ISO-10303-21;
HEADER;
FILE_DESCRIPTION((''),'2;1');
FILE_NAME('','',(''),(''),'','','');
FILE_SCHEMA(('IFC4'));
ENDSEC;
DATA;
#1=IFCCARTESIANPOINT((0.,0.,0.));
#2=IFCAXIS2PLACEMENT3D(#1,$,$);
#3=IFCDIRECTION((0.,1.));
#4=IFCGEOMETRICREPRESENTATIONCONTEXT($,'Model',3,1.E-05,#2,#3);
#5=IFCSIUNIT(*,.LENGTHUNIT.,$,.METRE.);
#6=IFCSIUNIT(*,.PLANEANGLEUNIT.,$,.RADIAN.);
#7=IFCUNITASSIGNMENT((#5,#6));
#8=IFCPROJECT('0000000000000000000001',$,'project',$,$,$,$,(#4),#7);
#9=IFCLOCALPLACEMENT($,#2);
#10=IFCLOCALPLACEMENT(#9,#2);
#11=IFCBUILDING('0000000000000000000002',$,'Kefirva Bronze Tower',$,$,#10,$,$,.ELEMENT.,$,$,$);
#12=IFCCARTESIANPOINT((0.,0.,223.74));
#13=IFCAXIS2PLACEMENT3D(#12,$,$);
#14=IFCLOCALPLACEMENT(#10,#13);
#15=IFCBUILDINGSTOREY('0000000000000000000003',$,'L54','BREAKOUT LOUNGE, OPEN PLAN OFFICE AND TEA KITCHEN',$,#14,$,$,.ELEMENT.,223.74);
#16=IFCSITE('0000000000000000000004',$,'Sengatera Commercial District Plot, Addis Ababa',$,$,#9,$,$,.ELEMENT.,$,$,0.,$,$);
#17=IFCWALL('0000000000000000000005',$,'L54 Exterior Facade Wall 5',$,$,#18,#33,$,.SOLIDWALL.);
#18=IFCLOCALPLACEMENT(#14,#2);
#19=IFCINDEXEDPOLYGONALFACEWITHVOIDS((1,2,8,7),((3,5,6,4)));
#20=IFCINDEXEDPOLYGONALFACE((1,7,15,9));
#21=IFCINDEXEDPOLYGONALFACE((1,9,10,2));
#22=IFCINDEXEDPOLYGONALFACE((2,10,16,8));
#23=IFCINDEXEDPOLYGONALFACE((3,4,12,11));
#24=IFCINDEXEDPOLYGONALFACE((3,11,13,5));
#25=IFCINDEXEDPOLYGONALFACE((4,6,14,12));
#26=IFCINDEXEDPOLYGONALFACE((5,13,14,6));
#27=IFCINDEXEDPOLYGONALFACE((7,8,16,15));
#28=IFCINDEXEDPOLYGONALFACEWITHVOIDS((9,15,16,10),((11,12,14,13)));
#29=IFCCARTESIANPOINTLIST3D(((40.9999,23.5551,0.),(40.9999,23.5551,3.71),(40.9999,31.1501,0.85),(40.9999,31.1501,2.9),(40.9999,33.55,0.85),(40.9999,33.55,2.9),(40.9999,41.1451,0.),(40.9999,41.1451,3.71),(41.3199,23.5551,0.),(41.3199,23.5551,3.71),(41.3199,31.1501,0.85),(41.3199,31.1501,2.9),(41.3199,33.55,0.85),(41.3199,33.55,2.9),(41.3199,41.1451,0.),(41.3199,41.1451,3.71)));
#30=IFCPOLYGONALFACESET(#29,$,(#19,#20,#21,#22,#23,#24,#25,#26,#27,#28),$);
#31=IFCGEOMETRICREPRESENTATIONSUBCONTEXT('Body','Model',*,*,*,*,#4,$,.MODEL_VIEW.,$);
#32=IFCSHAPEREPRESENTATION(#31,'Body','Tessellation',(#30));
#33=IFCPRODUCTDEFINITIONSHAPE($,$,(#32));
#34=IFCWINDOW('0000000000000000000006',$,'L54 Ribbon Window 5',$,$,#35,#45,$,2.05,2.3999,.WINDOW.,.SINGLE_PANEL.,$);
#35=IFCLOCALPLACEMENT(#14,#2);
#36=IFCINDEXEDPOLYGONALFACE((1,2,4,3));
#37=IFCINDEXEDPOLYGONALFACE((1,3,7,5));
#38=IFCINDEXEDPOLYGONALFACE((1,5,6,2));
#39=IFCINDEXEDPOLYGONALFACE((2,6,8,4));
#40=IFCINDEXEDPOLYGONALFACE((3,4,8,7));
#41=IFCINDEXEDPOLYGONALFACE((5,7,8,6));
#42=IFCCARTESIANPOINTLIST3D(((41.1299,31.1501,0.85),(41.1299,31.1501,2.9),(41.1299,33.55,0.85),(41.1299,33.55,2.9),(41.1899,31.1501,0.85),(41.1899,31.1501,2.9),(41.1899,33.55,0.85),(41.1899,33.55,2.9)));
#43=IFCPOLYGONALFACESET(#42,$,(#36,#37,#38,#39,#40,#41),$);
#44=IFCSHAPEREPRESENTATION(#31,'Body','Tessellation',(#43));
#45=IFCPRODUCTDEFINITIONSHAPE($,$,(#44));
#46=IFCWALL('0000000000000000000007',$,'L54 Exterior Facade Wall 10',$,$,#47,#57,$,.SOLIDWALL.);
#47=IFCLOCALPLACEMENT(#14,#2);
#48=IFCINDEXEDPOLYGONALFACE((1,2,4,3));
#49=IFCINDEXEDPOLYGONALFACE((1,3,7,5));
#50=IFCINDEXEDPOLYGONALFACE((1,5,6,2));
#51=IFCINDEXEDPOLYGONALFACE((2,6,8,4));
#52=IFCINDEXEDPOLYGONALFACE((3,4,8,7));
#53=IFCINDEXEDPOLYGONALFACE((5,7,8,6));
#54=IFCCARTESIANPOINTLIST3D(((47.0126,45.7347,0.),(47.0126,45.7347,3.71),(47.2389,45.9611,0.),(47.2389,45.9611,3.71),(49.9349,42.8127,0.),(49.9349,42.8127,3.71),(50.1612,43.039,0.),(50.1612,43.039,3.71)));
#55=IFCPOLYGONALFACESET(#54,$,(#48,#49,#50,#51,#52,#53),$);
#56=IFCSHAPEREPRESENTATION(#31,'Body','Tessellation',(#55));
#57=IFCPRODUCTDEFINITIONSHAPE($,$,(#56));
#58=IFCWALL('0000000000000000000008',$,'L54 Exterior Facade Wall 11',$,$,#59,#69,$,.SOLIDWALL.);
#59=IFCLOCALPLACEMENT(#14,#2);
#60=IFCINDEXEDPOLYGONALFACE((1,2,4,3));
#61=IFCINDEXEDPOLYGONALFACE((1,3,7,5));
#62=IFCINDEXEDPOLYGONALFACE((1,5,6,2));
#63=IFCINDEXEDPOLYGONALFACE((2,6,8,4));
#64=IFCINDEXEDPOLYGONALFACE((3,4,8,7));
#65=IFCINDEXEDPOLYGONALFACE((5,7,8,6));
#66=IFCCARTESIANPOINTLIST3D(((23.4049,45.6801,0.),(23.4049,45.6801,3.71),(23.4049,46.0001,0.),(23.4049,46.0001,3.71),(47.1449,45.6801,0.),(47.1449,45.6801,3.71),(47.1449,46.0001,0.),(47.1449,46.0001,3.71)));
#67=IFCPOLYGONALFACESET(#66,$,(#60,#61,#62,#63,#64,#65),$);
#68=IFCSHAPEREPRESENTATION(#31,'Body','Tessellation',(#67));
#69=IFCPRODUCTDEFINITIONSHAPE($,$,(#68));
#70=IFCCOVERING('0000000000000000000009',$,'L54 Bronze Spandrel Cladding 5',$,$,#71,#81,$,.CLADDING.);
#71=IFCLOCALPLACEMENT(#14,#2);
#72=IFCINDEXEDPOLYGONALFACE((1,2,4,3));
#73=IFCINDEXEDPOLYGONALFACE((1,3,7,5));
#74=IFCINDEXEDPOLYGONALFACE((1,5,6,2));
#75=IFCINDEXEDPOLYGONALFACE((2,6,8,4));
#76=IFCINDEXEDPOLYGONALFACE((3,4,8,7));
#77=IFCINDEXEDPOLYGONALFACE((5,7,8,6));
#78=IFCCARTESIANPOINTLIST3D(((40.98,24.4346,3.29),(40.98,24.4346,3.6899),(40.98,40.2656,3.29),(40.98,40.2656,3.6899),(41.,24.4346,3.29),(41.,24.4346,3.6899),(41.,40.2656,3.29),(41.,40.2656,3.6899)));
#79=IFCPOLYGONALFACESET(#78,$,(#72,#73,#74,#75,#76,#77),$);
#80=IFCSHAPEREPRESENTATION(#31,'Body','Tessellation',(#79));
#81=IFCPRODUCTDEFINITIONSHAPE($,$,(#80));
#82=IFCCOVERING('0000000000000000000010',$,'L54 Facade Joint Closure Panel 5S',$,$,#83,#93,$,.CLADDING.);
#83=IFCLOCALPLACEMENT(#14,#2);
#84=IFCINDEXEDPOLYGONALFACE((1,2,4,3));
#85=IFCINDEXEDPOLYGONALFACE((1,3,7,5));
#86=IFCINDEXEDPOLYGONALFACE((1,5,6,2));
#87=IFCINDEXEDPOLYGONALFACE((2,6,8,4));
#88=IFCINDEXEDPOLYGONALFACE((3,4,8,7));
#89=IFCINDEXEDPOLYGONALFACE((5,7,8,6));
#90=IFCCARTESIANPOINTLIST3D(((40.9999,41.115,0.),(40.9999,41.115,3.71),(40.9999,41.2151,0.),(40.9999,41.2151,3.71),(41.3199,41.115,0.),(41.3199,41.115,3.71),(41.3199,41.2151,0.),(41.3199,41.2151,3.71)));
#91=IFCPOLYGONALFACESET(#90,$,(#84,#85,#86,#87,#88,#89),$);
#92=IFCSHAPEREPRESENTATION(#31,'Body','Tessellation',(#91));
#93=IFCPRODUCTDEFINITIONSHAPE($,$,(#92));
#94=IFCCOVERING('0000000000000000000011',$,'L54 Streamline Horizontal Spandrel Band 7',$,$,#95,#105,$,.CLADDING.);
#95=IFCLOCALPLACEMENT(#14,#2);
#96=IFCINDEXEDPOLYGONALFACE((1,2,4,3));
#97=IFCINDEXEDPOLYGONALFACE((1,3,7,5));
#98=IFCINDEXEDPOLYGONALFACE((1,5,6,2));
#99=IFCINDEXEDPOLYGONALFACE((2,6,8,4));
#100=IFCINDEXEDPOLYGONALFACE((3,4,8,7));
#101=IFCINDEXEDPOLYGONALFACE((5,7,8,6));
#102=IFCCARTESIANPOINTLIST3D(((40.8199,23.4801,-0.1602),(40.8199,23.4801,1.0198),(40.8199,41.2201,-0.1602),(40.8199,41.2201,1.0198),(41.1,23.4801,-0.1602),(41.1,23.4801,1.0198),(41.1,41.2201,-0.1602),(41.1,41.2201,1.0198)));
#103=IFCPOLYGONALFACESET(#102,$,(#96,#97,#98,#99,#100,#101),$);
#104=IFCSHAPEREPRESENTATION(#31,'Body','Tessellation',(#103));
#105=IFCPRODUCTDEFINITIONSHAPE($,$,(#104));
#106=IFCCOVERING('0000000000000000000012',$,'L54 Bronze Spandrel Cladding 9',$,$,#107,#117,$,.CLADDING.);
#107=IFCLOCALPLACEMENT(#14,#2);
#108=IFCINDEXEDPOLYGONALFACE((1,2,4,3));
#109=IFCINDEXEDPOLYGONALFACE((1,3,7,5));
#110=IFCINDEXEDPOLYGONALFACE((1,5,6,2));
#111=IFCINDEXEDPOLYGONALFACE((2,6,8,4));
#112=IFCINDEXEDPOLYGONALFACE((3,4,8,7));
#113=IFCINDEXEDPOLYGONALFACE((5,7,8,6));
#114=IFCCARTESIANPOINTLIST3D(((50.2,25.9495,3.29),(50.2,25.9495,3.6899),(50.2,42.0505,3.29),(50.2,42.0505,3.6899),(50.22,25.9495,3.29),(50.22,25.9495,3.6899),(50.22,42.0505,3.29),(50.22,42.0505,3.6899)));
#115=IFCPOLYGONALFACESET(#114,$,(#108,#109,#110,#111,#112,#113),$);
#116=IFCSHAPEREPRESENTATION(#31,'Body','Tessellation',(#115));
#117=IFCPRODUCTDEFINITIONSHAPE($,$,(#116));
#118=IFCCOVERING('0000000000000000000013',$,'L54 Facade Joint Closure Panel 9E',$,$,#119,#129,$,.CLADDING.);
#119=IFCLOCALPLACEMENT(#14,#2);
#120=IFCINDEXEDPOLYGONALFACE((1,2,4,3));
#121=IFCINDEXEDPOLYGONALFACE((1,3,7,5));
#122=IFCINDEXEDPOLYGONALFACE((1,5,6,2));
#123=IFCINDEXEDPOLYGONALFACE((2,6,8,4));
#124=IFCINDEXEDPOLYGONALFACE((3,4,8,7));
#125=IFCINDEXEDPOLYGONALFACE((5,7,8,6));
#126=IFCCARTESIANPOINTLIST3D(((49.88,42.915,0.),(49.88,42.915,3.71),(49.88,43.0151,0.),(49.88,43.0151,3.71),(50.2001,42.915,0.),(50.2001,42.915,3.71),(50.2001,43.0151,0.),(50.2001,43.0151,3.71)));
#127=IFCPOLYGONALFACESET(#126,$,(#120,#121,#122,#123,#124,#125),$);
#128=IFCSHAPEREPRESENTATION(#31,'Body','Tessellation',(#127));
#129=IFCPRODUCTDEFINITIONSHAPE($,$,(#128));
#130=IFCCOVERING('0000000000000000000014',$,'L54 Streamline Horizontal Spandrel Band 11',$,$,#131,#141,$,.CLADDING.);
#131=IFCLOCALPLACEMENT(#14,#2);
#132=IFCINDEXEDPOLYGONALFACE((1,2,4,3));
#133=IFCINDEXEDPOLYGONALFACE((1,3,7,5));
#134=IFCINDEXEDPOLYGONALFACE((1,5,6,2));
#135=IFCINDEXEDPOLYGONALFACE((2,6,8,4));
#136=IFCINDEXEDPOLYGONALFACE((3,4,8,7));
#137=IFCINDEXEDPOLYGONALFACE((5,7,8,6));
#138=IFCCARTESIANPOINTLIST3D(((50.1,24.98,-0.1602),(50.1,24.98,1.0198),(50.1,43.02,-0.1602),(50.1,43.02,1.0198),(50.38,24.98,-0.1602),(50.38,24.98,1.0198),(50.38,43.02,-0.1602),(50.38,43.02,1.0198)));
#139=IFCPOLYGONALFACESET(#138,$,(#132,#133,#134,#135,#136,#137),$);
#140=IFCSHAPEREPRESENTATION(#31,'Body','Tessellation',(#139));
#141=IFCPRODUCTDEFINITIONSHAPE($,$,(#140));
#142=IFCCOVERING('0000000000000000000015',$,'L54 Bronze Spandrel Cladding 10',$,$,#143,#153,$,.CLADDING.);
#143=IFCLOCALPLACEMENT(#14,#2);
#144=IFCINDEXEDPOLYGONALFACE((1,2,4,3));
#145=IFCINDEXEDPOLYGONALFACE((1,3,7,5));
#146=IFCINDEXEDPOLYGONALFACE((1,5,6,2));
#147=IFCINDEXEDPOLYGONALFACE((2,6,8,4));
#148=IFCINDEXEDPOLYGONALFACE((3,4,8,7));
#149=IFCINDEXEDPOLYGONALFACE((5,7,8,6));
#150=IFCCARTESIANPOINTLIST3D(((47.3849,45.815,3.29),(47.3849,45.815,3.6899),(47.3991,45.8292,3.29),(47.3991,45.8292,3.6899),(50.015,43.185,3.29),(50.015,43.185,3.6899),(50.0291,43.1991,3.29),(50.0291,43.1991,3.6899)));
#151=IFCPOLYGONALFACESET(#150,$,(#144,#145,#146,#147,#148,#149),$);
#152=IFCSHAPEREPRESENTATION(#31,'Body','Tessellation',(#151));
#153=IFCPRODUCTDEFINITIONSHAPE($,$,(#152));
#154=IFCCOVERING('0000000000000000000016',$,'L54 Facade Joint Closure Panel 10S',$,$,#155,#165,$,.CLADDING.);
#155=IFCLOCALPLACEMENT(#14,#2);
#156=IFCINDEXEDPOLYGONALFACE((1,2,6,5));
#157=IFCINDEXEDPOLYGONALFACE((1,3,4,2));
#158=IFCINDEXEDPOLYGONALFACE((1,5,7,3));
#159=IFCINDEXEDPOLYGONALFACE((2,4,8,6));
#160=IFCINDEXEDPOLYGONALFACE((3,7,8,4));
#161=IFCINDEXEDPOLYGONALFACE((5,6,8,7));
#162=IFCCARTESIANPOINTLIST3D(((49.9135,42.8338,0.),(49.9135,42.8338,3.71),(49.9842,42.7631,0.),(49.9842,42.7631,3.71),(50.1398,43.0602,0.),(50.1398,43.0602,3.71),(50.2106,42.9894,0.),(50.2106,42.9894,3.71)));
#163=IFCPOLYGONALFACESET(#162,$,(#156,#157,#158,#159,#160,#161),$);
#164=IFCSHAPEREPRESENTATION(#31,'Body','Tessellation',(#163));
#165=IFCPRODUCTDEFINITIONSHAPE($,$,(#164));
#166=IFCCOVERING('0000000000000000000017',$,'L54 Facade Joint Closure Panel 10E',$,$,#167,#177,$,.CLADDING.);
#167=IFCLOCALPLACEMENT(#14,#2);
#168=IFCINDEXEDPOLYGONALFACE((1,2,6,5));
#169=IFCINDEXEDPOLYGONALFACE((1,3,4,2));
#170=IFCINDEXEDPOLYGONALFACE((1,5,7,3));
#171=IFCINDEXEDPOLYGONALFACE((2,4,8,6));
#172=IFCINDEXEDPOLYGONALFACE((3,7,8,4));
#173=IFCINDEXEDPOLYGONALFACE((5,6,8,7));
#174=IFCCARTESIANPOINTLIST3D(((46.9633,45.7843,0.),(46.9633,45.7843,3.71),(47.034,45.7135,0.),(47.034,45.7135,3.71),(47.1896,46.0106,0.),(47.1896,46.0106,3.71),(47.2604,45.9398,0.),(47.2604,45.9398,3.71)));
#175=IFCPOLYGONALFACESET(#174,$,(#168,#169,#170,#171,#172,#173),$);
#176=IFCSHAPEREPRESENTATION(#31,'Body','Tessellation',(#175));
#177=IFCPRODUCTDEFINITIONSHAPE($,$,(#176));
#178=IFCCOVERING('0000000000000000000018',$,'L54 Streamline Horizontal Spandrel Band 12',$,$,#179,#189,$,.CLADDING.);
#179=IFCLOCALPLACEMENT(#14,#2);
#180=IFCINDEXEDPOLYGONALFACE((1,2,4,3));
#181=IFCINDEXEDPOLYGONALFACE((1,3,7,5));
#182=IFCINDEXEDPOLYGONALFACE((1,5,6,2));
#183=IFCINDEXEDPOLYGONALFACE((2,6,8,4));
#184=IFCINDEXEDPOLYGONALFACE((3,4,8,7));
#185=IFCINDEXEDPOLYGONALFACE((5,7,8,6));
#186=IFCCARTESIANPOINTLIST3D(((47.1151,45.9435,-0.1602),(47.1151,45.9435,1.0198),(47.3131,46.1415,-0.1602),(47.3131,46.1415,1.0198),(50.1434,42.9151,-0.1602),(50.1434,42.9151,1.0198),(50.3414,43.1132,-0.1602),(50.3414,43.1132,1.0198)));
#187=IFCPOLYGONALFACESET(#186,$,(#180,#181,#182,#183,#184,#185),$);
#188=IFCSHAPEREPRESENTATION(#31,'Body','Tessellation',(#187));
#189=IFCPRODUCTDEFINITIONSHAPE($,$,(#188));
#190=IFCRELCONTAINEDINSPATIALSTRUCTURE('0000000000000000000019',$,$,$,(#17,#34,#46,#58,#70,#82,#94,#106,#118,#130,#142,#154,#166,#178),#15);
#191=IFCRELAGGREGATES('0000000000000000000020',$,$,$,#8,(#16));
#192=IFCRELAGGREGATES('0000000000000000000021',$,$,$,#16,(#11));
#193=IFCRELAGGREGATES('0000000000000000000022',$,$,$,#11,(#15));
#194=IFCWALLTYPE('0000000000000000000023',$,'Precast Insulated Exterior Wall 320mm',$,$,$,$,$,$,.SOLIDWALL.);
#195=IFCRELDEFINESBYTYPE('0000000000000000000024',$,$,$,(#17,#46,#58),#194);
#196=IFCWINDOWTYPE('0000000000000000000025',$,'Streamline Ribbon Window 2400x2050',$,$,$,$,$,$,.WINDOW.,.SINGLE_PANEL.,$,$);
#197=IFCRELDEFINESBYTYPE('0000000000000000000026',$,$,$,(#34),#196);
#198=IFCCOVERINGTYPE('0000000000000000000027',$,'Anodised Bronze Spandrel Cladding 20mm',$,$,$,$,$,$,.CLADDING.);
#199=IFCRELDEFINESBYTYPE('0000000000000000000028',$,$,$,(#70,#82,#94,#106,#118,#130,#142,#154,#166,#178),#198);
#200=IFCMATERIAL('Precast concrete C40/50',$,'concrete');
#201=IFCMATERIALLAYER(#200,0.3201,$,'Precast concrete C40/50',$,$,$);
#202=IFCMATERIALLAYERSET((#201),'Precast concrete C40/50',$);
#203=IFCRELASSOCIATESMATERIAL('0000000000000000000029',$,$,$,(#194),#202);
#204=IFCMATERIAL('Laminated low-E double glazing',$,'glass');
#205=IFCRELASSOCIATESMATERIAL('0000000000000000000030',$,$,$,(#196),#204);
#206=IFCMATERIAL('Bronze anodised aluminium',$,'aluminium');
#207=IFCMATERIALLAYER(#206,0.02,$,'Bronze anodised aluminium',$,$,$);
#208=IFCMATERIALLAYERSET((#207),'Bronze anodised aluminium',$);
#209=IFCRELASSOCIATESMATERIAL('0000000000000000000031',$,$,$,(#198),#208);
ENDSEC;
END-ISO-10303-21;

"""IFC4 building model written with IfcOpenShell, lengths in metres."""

from ifc_helpers import new_model, si_unit, direction, frame, frame_2d, origin, origin_2d, place, context, subcontext, project, spatial, rectangle, extrude, material, layer, layer_set, type_object, element, fill, save


model = new_model("IFC4")

# Units and contexts
model_context = context("Model", 3, precision=1e-05, world=origin(), true_north=direction((0.0, 1.0)))
body_context = subcontext(model_context, "Body", "Model", "MODEL_VIEW")
ifc_project = project(units=[si_unit("LENGTHUNIT", "METRE"), si_unit("PLANEANGLEUNIT", "RADIAN")], contexts=[model_context])

# Site, building, storey
site_placement = place(None, origin())
site = spatial("IfcSite", under=ifc_project, at=site_placement, Name="Sengatera Commercial District Plot, Addis Ababa", CompositionType="ELEMENT", RefElevation=0.0)
building_placement = place(site_placement, origin())
building = spatial("IfcBuilding", under=site, at=building_placement, Name="Kefirva Bronze Tower", CompositionType="ELEMENT")
storey_placement = place(building_placement, frame((0.0, 0.0, 223.74)))
storey = spatial("IfcBuildingStorey", under=building, at=storey_placement, Name="L54", Description="BREAKOUT LOUNGE, OPEN PLAN OFFICE AND TEA KITCHEN", CompositionType="ELEMENT", Elevation=223.74)

# Shared definitions
ifc_material_1 = material(Name="Bronze anodised aluminium", Category="aluminium")

# Shared definitions
ifc_material_2 = material(Name="Laminated low-E double glazing", Category="glass")

# Wall, opening, window
ifc_material_3 = material(Name="Precast concrete C40/50", Category="concrete")
ifc_layer_1 = layer(ifc_material_3, 0.3201, Name="Precast concrete C40/50")
ifc_layer_set_1 = layer_set([ifc_layer_1], Name="Precast concrete C40/50")
wall_type_1 = type_object("IfcWallType", Name="Precast Insulated Exterior Wall 320mm", PredefinedType="SOLIDWALL", material=ifc_layer_set_1)
wall_1_placement = place(storey_placement, frame((41.1599, 41.145, 0.0), z_axis=(0.0, 0.0, 1.0), x_axis=(0.0, -1.0, 0.0)))
wall_1 = element("IfcWall", 1, at=wall_1_placement, inside=storey, type_object=wall_type_1, Name="L54 Exterior Facade Wall 5", PredefinedType="SOLIDWALL", context=body_context, shape_type="SweptSolid", body=[
    extrude(rectangle(XDim=17.5901, YDim=0.3201, at=frame_2d((8.7949, 0.0))), origin(), (0.0, 0.0, 1.0), 3.71),
])
opening_placement = place(wall_1_placement, frame((7.595, 0.0, 0.8501)))
opening = element("IfcOpeningElement", 2, at=opening_placement, cuts=wall_1, PredefinedType="OPENING", context=body_context, shape_type="SweptSolid", body=[
    extrude(rectangle(XDim=2.3999, YDim=2.05, at=frame_2d((1.2, 1.0249))), frame((0.0, 0.1699, 0.0), z_axis=(0.0, -1.0, 0.0), x_axis=(1.0, 0.0, 0.0)), (0.0, 0.0, 1.0), 0.3401),
])
window_type = type_object("IfcWindowType", Name="Streamline Ribbon Window 2400x2050", PartitioningType="SINGLE_PANEL", PredefinedType="WINDOW", material=ifc_material_2)
window_placement = place(opening_placement, origin())
window = element("IfcWindow", 3, at=window_placement, inside=storey, type_object=window_type, Name="L54 Ribbon Window 5", OverallHeight=2.05, OverallWidth=2.3999, PartitioningType="SINGLE_PANEL", PredefinedType="WINDOW", context=body_context, shape_type="SweptSolid", body=[
    extrude(rectangle(XDim=2.3999, YDim=2.05, at=frame_2d((1.2, 1.0249))), frame((0.0, 0.03, 0.0), z_axis=(0.0, -1.0, 0.0), x_axis=(1.0, 0.0, 0.0)), (0.0, 0.0, 1.0), 0.0601),
])
fill(opening, window)

# Walls
wall_2_placement = place(storey_placement, frame((50.0481, 42.9258, 0.0), z_axis=(0.0, 0.0, 1.0), x_axis=(-0.707136, 0.707077, 0.0)))
element("IfcWall", 4, at=wall_2_placement, inside=storey, type_object=wall_type_1, Name="L54 Exterior Facade Wall 10", PredefinedType="SOLIDWALL", context=body_context, shape_type="SweptSolid", body=[
    extrude(rectangle(XDim=4.1326, YDim=0.3201, at=frame_2d((2.0664, 0.0))), origin(), (0.0, 0.0, 1.0), 3.71),
])
wall_3_placement = place(storey_placement, frame((47.145, 45.8401, 0.0), z_axis=(0.0, 0.0, 1.0), x_axis=(-1.0, 0.0, 0.0)))
element("IfcWall", 5, at=wall_3_placement, inside=storey, type_object=wall_type_1, Name="L54 Exterior Facade Wall 11", PredefinedType="SOLIDWALL", context=body_context, shape_type="SweptSolid", body=[
    extrude(rectangle(XDim=23.74, YDim=0.3201, at=frame_2d((11.8701, 0.0))), origin(), (0.0, 0.0, 1.0), 3.71),
])

# Coverings
ifc_layer_2 = layer(ifc_material_1, 0.02, Name="Bronze anodised aluminium")
ifc_layer_set_2 = layer_set([ifc_layer_2], Name="Bronze anodised aluminium")
covering_type_1 = type_object("IfcCoveringType", Name="Anodised Bronze Spandrel Cladding 20mm", PredefinedType="CLADDING", material=ifc_layer_set_2)
covering_1_placement = place(storey_placement, frame((40.99, 32.3501, 3.29), z_axis=(0.0, 0.0, 1.0), x_axis=(0.0, -1.0, 0.0)))
element("IfcCovering", 6, at=covering_1_placement, inside=storey, type_object=covering_type_1, Name="L54 Bronze Spandrel Cladding 5", PredefinedType="CLADDING", context=body_context, shape_type="SweptSolid", body=[
    extrude(rectangle(XDim=15.8311, YDim=0.02, at=origin_2d()), origin(), (0.0, 0.0, 1.0), 0.3999),
])
covering_2_placement = place(storey_placement, frame((41.1599, 41.165, 0.0), z_axis=(0.0, 0.0, 1.0), x_axis=(0.0, -1.0, 0.0)))
element("IfcCovering", 7, at=covering_2_placement, inside=storey, type_object=covering_type_1, Name="L54 Facade Joint Closure Panel 5S", PredefinedType="CLADDING", context=body_context, shape_type="SweptSolid", body=[
    extrude(rectangle(XDim=0.1001, YDim=0.3201, at=origin_2d()), origin(), (0.0, 0.0, 1.0), 3.71),
])
covering_3_placement = place(storey_placement, frame((40.96, 32.3501, -0.1602), z_axis=(0.0, 0.0, 1.0), x_axis=(0.0, -1.0, 0.0)))
element("IfcCovering", 8, at=covering_3_placement, inside=storey, type_object=covering_type_1, Name="L54 Streamline Horizontal Spandrel Band 7", PredefinedType="CLADDING", context=body_context, shape_type="SweptSolid", body=[
    extrude(rectangle(XDim=17.74, YDim=0.28, at=origin_2d()), origin(), (0.0, 0.0, 1.0), 1.1799),
])
covering_4_placement = place(storey_placement, frame((50.21, 34.0, 3.29), z_axis=(0.0, 0.0, 1.0), x_axis=(0.0, 1.0, 0.0)))
element("IfcCovering", 9, at=covering_4_placement, inside=storey, type_object=covering_type_1, Name="L54 Bronze Spandrel Cladding 9", PredefinedType="CLADDING", context=body_context, shape_type="SweptSolid", body=[
    extrude(rectangle(XDim=16.1011, YDim=0.02, at=origin_2d()), origin(), (0.0, 0.0, 1.0), 0.3999),
])
covering_5_placement = place(storey_placement, frame((50.04, 42.9651, 0.0), z_axis=(0.0, 0.0, 1.0), x_axis=(0.0, 1.0, 0.0)))
element("IfcCovering", 10, at=covering_5_placement, inside=storey, type_object=covering_type_1, Name="L54 Facade Joint Closure Panel 9E", PredefinedType="CLADDING", context=body_context, shape_type="SweptSolid", body=[
    extrude(rectangle(XDim=0.1001, YDim=0.3201, at=origin_2d()), origin(), (0.0, 0.0, 1.0), 3.71),
])
covering_6_placement = place(storey_placement, frame((50.24, 34.0, -0.1602), z_axis=(0.0, 0.0, 1.0), x_axis=(0.0, 1.0, 0.0)))
element("IfcCovering", 11, at=covering_6_placement, inside=storey, type_object=covering_type_1, Name="L54 Streamline Horizontal Spandrel Band 11", PredefinedType="CLADDING", context=body_context, shape_type="SweptSolid", body=[
    extrude(rectangle(XDim=18.04, YDim=0.28, at=origin_2d()), origin(), (0.0, 0.0, 1.0), 1.1799),
])
covering_7_placement = place(storey_placement, frame((48.707, 44.5071, 3.29), z_axis=(0.0, 0.0, 1.0), x_axis=(-0.707107, 0.707107, 0.0)))
element("IfcCovering", 12, at=covering_7_placement, inside=storey, type_object=covering_type_1, Name="L54 Bronze Spandrel Cladding 10", PredefinedType="CLADDING", context=body_context, shape_type="SweptSolid", body=[
    extrude(rectangle(XDim=3.7195, YDim=0.02, at=origin_2d()), origin(), (0.0, 0.0, 1.0), 0.3999),
])
for number, where, z_axis, x_axis, name in (
    (13, (50.062, 42.9116, 0.0), (0.0, 0.0, 1.0), (-0.707107, 0.707107, 0.0), "L54 Facade Joint Closure Panel 10S"),
    (14, (47.1118, 45.8621, 0.0), (0.0, 0.0, 1.0), (-0.707107, 0.707107, 0.0), "L54 Facade Joint Closure Panel 10E"),
):
    element("IfcCovering", number, at=place(storey_placement, frame(where, z_axis=z_axis, x_axis=x_axis)), inside=storey, type_object=covering_type_1, Name=name, PredefinedType="CLADDING", context=body_context, shape_type="SweptSolid", body=[
        extrude(rectangle(XDim=0.1001, YDim=0.3201, at=origin_2d()), origin(), (0.0, 0.0, 1.0), 3.71),
    ])
covering_8_placement = place(storey_placement, frame((48.7283, 44.5283, -0.1602), z_axis=(0.0, 0.0, 1.0), x_axis=(-0.707107, 0.707107, 0.0)))
element("IfcCovering", 15, at=covering_8_placement, inside=storey, type_object=covering_type_1, Name="L54 Streamline Horizontal Spandrel Band 12", PredefinedType="CLADDING", context=body_context, shape_type="SweptSolid", body=[
    extrude(rectangle(XDim=4.2827, YDim=0.28, at=origin_2d()), origin(), (0.0, 0.0, 1.0), 1.1799),
])

save(model, "model.ifc")
